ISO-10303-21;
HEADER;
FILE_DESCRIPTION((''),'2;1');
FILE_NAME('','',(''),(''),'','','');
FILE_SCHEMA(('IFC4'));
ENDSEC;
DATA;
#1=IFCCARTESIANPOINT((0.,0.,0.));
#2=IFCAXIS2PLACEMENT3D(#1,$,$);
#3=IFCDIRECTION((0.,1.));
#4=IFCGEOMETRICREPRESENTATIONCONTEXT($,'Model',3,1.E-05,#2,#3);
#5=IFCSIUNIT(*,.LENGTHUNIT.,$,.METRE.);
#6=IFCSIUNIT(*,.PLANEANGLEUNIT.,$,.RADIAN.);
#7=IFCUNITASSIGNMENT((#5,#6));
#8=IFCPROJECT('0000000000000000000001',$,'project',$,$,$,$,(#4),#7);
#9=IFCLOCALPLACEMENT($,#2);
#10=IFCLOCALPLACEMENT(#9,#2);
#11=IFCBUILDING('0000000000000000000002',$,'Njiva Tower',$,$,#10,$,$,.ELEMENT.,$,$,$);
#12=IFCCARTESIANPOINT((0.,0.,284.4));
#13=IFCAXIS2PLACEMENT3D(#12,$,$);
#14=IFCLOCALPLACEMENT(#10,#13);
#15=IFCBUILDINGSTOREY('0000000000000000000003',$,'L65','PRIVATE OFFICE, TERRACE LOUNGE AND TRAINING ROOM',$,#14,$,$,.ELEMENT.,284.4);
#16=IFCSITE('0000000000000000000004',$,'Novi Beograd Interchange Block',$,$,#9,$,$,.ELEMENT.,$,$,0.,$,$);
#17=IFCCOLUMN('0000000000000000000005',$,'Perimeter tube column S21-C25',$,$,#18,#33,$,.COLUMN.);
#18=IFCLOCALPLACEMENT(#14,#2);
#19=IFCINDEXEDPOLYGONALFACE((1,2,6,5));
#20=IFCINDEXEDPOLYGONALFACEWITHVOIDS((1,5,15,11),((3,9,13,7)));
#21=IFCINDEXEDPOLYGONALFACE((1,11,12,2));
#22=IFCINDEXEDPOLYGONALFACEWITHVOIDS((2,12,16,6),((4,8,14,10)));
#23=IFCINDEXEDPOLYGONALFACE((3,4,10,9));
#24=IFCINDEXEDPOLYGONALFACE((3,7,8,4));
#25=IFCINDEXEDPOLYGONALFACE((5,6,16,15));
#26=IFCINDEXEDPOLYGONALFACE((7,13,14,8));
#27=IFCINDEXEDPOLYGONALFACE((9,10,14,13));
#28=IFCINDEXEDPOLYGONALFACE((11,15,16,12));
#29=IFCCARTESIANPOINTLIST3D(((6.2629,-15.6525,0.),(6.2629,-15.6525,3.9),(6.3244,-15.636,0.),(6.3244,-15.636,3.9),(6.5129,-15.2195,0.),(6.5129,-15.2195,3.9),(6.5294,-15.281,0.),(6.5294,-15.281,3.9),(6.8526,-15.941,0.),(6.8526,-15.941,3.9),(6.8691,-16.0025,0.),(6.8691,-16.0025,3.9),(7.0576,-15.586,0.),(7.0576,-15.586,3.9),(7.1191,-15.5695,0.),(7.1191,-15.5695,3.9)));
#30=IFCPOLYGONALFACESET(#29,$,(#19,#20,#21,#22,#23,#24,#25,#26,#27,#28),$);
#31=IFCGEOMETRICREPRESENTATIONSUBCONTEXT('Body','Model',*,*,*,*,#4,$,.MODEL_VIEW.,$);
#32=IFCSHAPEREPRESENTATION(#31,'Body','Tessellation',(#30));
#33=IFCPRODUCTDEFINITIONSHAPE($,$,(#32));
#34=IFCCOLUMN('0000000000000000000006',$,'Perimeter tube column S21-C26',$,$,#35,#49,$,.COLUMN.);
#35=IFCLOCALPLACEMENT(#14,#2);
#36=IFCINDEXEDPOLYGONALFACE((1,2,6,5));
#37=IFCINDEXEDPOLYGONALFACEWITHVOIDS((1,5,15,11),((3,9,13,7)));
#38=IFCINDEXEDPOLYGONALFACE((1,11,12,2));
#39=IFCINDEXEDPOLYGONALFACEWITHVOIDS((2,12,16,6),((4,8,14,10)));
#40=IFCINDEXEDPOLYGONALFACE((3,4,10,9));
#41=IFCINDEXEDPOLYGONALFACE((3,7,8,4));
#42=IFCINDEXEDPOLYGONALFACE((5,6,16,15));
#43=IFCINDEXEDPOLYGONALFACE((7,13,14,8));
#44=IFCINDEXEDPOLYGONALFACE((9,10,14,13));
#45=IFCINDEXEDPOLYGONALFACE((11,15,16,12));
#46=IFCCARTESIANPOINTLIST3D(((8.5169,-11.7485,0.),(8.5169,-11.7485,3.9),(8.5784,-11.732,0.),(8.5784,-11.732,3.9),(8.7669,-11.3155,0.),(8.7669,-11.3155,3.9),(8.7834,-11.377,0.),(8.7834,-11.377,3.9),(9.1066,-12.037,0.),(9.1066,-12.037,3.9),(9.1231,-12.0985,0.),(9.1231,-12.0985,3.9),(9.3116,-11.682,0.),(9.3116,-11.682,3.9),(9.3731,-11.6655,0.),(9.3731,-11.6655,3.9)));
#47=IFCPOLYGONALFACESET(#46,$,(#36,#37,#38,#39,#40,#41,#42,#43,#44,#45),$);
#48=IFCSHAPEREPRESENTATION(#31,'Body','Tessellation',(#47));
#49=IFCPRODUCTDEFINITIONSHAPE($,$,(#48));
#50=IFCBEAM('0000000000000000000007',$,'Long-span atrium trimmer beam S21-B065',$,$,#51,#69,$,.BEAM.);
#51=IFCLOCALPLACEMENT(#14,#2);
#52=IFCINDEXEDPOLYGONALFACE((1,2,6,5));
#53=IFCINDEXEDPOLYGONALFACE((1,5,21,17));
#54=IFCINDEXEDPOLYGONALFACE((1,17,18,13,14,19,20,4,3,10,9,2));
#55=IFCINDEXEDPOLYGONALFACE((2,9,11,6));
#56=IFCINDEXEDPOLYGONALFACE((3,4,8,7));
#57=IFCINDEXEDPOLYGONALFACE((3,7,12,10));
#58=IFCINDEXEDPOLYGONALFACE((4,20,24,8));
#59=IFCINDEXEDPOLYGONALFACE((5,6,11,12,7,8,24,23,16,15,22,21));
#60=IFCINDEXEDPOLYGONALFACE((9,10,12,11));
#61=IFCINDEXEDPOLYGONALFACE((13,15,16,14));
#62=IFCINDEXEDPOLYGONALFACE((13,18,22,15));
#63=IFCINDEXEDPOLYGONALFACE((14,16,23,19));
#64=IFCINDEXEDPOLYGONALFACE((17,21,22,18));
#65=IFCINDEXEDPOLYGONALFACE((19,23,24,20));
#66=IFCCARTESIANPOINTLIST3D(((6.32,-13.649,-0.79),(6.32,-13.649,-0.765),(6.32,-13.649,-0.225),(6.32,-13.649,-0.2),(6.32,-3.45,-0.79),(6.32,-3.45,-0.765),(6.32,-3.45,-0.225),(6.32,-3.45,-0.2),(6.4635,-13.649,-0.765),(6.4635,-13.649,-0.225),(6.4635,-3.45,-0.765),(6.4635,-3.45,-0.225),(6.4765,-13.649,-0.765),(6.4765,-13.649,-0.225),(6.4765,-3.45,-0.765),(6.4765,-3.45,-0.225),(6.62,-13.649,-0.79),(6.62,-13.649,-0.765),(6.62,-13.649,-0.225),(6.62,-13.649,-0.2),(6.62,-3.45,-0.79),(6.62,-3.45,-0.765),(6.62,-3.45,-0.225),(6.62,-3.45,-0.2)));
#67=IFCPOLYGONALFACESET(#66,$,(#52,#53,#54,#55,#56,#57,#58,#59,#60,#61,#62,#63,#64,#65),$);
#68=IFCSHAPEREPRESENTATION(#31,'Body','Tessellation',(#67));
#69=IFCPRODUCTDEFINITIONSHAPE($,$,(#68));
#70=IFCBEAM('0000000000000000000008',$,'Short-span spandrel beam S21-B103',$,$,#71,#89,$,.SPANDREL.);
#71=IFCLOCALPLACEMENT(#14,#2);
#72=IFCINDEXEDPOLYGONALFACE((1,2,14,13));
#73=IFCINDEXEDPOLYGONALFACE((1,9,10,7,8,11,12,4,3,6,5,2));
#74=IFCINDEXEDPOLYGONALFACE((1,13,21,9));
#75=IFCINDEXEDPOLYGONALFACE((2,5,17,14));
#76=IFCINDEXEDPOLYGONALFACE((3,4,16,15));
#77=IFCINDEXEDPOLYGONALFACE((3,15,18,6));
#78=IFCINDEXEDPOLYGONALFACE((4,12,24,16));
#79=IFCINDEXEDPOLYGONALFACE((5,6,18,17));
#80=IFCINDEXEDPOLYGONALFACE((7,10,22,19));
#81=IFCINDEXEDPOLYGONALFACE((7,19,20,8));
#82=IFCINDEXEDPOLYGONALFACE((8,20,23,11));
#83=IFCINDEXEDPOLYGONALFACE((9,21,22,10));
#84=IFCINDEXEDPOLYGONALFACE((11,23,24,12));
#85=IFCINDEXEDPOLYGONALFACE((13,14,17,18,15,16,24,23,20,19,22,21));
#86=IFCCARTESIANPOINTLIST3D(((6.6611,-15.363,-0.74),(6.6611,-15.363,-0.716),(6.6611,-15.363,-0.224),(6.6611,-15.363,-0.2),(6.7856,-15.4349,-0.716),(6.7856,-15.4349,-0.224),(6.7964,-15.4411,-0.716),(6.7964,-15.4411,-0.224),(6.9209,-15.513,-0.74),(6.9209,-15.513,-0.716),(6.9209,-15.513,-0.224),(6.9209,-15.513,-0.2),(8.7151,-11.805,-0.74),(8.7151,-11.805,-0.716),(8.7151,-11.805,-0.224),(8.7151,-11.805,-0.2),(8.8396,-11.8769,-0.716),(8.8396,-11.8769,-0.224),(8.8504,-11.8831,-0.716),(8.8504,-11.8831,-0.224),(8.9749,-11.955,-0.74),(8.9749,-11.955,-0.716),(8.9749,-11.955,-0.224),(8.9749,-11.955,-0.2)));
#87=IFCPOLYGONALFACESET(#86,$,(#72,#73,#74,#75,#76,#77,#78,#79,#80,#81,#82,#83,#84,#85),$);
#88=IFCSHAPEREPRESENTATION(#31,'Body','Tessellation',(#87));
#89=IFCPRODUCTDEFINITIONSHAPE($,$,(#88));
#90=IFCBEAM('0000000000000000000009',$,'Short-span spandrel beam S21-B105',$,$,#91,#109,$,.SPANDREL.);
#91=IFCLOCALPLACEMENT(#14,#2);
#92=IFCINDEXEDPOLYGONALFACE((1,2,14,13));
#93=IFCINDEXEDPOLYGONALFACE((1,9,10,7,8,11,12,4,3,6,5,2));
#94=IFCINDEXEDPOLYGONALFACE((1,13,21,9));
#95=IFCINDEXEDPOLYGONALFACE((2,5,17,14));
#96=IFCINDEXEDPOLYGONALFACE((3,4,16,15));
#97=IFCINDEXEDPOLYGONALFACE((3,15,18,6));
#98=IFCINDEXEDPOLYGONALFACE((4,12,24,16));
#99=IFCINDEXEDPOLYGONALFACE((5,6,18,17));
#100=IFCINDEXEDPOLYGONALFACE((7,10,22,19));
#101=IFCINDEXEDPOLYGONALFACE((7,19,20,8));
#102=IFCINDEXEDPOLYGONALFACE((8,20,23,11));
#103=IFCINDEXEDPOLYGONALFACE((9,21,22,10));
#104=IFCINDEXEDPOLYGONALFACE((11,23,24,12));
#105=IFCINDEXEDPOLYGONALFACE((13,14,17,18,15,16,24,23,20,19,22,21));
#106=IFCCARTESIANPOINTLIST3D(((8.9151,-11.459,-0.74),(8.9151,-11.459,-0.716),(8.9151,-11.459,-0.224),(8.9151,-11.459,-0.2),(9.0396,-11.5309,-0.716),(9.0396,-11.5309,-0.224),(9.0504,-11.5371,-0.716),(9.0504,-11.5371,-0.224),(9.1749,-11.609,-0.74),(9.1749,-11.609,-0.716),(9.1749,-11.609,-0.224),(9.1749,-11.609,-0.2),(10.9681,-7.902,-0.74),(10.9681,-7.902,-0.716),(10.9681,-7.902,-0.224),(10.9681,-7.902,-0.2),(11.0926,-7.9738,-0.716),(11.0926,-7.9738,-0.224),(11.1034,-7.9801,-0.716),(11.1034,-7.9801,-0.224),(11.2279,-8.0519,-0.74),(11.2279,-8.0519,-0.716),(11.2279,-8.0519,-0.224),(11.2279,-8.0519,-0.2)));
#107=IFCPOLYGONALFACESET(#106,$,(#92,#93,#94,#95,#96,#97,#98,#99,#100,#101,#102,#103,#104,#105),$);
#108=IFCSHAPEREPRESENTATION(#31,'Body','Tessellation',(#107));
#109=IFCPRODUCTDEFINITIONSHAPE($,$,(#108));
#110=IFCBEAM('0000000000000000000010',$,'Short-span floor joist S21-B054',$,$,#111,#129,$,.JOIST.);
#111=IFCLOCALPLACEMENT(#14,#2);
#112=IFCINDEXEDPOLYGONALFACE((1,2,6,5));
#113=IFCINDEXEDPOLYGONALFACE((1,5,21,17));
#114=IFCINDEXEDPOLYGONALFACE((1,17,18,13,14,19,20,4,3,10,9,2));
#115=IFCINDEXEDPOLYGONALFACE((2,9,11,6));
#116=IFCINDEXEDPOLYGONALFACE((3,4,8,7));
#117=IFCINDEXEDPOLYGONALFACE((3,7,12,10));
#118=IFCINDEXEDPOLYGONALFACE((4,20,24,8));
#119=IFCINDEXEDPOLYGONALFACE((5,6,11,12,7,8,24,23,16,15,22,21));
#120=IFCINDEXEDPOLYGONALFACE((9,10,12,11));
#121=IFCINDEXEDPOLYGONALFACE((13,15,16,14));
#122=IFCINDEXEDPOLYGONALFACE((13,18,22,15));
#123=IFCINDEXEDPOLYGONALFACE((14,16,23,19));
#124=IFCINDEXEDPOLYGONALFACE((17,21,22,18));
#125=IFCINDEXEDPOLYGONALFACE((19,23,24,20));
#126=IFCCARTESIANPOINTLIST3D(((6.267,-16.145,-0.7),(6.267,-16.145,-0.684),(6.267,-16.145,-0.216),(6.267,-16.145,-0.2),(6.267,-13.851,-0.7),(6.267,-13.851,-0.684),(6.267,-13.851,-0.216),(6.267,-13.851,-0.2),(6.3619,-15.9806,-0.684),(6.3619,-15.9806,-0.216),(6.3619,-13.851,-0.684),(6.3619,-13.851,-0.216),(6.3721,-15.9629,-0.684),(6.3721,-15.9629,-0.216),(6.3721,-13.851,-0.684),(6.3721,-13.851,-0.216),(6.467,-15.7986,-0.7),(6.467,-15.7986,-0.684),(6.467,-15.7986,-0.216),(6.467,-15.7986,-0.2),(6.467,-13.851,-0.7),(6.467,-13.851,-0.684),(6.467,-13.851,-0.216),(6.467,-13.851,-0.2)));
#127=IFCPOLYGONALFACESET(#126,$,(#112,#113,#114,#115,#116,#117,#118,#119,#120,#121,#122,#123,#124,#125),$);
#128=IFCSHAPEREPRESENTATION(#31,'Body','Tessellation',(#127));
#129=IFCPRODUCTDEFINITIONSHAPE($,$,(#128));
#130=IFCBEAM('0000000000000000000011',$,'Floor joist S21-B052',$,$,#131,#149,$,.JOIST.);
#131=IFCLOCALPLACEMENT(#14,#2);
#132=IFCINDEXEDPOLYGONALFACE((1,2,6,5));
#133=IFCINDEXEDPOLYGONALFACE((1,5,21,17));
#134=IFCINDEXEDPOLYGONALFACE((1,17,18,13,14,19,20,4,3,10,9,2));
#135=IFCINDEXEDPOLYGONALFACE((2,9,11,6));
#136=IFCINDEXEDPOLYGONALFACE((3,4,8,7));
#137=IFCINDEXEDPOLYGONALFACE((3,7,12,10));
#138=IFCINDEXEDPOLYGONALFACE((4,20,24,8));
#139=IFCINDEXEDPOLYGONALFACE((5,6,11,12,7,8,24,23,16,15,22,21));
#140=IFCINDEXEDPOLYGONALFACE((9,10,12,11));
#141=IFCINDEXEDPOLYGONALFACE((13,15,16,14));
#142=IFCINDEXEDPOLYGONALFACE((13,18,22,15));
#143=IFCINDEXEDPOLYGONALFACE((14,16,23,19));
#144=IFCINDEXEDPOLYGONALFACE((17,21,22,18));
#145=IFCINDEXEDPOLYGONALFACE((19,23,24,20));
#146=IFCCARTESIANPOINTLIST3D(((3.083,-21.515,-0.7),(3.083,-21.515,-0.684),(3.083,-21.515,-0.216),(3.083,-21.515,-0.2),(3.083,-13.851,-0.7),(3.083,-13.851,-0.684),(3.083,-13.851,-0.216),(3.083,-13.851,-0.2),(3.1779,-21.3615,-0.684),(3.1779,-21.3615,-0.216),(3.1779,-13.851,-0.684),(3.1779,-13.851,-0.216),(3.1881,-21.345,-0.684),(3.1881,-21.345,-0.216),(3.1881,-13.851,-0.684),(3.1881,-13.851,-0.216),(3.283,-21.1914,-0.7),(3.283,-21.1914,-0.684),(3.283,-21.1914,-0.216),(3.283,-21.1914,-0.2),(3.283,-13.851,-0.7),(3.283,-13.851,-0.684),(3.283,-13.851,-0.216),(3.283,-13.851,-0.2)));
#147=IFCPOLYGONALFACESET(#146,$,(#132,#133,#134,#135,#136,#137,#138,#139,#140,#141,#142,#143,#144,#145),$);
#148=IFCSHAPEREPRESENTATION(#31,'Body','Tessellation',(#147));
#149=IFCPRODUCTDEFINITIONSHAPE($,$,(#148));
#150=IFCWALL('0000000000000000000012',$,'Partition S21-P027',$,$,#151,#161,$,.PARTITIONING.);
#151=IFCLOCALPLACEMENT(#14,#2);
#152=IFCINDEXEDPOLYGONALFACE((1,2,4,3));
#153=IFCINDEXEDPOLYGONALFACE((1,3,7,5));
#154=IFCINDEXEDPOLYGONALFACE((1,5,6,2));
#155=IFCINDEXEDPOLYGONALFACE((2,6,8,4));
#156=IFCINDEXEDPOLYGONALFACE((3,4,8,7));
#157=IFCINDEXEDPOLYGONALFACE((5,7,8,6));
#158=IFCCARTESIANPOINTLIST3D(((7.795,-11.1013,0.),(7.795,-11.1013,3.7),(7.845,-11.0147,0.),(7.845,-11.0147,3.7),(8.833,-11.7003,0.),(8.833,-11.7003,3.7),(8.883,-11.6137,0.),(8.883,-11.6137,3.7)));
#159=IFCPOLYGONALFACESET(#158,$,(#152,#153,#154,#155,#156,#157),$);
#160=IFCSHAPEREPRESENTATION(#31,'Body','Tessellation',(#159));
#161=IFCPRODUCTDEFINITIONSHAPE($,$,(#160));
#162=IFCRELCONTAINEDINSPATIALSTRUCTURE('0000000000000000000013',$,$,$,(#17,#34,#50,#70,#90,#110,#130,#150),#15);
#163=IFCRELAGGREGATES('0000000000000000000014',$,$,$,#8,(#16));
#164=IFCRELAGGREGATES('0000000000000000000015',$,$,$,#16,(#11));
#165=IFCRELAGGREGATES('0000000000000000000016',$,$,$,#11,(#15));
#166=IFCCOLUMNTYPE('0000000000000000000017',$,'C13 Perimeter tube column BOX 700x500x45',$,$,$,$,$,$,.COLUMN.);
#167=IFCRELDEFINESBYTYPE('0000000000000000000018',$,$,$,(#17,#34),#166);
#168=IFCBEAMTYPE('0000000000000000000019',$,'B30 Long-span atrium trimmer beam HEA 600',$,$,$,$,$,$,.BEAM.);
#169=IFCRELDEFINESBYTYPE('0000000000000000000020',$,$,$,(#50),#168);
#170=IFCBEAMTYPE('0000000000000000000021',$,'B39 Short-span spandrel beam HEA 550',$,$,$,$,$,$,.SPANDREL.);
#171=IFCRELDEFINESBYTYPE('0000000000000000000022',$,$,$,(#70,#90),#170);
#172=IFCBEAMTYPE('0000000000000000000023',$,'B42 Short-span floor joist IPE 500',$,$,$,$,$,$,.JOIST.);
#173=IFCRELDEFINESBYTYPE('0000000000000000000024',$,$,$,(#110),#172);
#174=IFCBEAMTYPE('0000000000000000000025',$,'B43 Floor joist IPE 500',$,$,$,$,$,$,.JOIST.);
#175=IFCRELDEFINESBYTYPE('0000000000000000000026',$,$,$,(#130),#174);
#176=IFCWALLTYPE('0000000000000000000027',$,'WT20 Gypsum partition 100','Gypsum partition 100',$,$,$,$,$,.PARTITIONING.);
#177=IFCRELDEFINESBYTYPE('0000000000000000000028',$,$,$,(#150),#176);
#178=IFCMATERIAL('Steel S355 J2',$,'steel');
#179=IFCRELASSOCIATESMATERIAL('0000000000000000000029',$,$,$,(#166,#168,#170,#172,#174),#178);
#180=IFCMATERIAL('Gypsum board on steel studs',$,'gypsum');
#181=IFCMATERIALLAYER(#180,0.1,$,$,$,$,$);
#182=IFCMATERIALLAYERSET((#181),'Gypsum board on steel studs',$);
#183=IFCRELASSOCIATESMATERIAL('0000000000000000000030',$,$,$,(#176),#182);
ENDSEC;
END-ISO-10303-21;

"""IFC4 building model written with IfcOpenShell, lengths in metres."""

from ifc_helpers import new_model, si_unit, direction, frame, frame_2d, origin, origin_2d, place, context, subcontext, project, spatial, rectangle, hollow_rectangle, i_section, extrude, clip, halfspace, material, layer, layer_set, material_profile, profile_set, type_object, element, save


model = new_model("IFC4")

# Units and contexts
model_context = context("Model", 3, precision=1e-05, world=origin(), true_north=direction((0.0, 1.0)))
body_context = subcontext(model_context, "Body", "Model", "MODEL_VIEW")
ifc_project = project(units=[si_unit("LENGTHUNIT", "METRE"), si_unit("PLANEANGLEUNIT", "RADIAN")], contexts=[model_context])

# Site, building, storey
site_placement = place(None, origin())
site = spatial("IfcSite", under=ifc_project, at=site_placement, Name="Novi Beograd Interchange Block", CompositionType="ELEMENT", RefElevation=0.0)
building_placement = place(site_placement, origin())
building = spatial("IfcBuilding", under=site, at=building_placement, Name="Njiva Tower", CompositionType="ELEMENT")
storey_placement = place(building_placement, frame((0.0, 0.0, 284.4)))
storey = spatial("IfcBuildingStorey", under=building, at=storey_placement, Name="L65", Description="PRIVATE OFFICE, TERRACE LOUNGE AND TRAINING ROOM", CompositionType="ELEMENT", Elevation=284.4)

# Columns
ifc_material_1 = material(Name="Steel S355 J2", Category="steel")
ifc_material_profile_1 = material_profile(ifc_material_1, hollow_rectangle(XDim=0.5, YDim=0.7, WallThickness=0.045, at=origin_2d()), Name="BOX 700x500x45")
ifc_profile_set_1 = profile_set([ifc_material_profile_1], Name="Steel S355 J2")
column_type = type_object("IfcColumnType", Name="C13 Perimeter tube column BOX 700x500x45", PredefinedType="COLUMN", material=ifc_profile_set_1)
for number, where, z_axis, x_axis, name in (
    (1, (6.691, -15.611, 0.0), (0.0, 0.0, 1.0), (0.5, 0.866025, 0.0), "Perimeter tube column S21-C25"),
    (2, (8.945, -11.707, 0.0), (0.0, 0.0, 1.0), (0.5, 0.866025, 0.0), "Perimeter tube column S21-C26"),
):
    element("IfcColumn", number, at=place(storey_placement, frame(where, z_axis=z_axis, x_axis=x_axis)), inside=storey, type_object=column_type, Name=name, PredefinedType="COLUMN", context=body_context, shape_type="SweptSolid", body=[
        extrude(hollow_rectangle(XDim=0.5, YDim=0.7, WallThickness=0.045, at=origin_2d()), origin(), (0.0, 0.0, 1.0), 3.9),
    ])

# Beams
ifc_material_profile_2 = material_profile(ifc_material_1, i_section(OverallWidth=0.3, OverallDepth=0.59, WebThickness=0.013, FlangeThickness=0.025, at=origin_2d()), Name="HEA 600")
ifc_profile_set_2 = profile_set([ifc_material_profile_2], Name="Steel S355 J2")
beam_type_1 = type_object("IfcBeamType", Name="B30 Long-span atrium trimmer beam HEA 600", PredefinedType="BEAM", material=ifc_profile_set_2)
beam_1_placement = place(storey_placement, frame((6.47, -13.649, -0.495), z_axis=(0.0, 1.0, 0.0), x_axis=(-1.0, 0.0, 0.0)))
element("IfcBeam", 3, at=beam_1_placement, inside=storey, type_object=beam_type_1, Name="Long-span atrium trimmer beam S21-B065", PredefinedType="BEAM", context=body_context, shape_type="SweptSolid", body=[
    extrude(i_section(OverallWidth=0.3, OverallDepth=0.59, WebThickness=0.013, FlangeThickness=0.025, at=origin_2d()), origin(), (0.0, 0.0, 1.0), 10.199),
])
ifc_material_profile_3 = material_profile(ifc_material_1, i_section(OverallWidth=0.3, OverallDepth=0.54, WebThickness=0.0125, FlangeThickness=0.024, at=origin_2d()), Name="HEA 550")
ifc_profile_set_3 = profile_set([ifc_material_profile_3], Name="Steel S355 J2")
beam_type_2 = type_object("IfcBeamType", Name="B39 Short-span spandrel beam HEA 550", PredefinedType="SPANDREL", material=ifc_profile_set_3)
beam_2_placement = place(storey_placement, frame((6.791, -15.438, -0.47), z_axis=(0.499961, 0.866048, 0.0), x_axis=(-0.866048, 0.499961, 0.0)))
element("IfcBeam", 4, at=beam_2_placement, inside=storey, type_object=beam_type_2, Name="Short-span spandrel beam S21-B103", PredefinedType="SPANDREL", context=body_context, shape_type="SweptSolid", body=[
    extrude(i_section(OverallWidth=0.3, OverallDepth=0.54, WebThickness=0.0125, FlangeThickness=0.024, at=origin_2d()), origin(), (0.0, 0.0, 1.0), 4.1083),
])
beam_3_placement = place(storey_placement, frame((9.045, -11.534, -0.47), z_axis=(0.499884, 0.866092, 0.0), x_axis=(-0.866092, 0.499884, 0.0)))
element("IfcBeam", 5, at=beam_3_placement, inside=storey, type_object=beam_type_2, Name="Short-span spandrel beam S21-B105", PredefinedType="SPANDREL", context=body_context, shape_type="SweptSolid", body=[
    extrude(i_section(OverallWidth=0.3, OverallDepth=0.54, WebThickness=0.0125, FlangeThickness=0.024, at=origin_2d()), origin(), (0.0, 0.0, 1.0), 4.107),
])
ifc_material_profile_4 = material_profile(ifc_material_1, i_section(OverallWidth=0.2, OverallDepth=0.5, WebThickness=0.0102, FlangeThickness=0.016, at=origin_2d()), Name="IPE 500")
ifc_profile_set_4 = profile_set([ifc_material_profile_4], Name="Steel S355 J2")
beam_type_3 = type_object("IfcBeamType", Name="B42 Short-span floor joist IPE 500", PredefinedType="JOIST", material=ifc_profile_set_4)
beam_4_placement = place(storey_placement, frame((6.367, -13.851, -0.45), z_axis=(0.0, -1.0, 0.0), x_axis=(1.0, 0.0, 0.0)))
element("IfcBeam", 6, at=beam_4_placement, inside=storey, type_object=beam_type_3, Name="Short-span floor joist S21-B054", PredefinedType="JOIST", context=body_context, shape_type="Clipping", body=[
    clip(extrude(i_section(OverallWidth=0.2, OverallDepth=0.5, WebThickness=0.0102, FlangeThickness=0.016, at=origin_2d()), origin(), (0.0, 0.0, 1.0), 2.314), halfspace(frame((0.043, 0.0, 2.0463), z_axis=(0.866027, 0.0, 0.499998), x_axis=(0.0, 1.0, 0.0)), False)),
])
ifc_material_profile_5 = material_profile(ifc_material_1, i_section(OverallWidth=0.2, OverallDepth=0.5, WebThickness=0.0102, FlangeThickness=0.016, at=origin_2d()), Name="IPE 500")
ifc_profile_set_5 = profile_set([ifc_material_profile_5], Name="Steel S355 J2")
beam_type_4 = type_object("IfcBeamType", Name="B43 Floor joist IPE 500", PredefinedType="JOIST", material=ifc_profile_set_5)
beam_5_placement = place(storey_placement, frame((3.183, -13.851, -0.45), z_axis=(0.0, -1.0, 0.0), x_axis=(1.0, 0.0, 0.0)))
element("IfcBeam", 7, at=beam_5_placement, inside=storey, type_object=beam_type_4, Name="Floor joist S21-B052", PredefinedType="JOIST", context=body_context, shape_type="Clipping", body=[
    clip(extrude(i_section(OverallWidth=0.2, OverallDepth=0.5, WebThickness=0.0102, FlangeThickness=0.016, at=origin_2d()), origin(), (0.0, 0.0, 1.0), 7.684), halfspace(frame((0.0429, 0.0, 7.4328), z_axis=(0.85062, 0.0, 0.52578), x_axis=(0.0, 1.0, 0.0)), False)),
])

# Wall
ifc_material_2 = material(Name="Gypsum board on steel studs", Category="gypsum")
ifc_layer_1 = layer(ifc_material_2, 0.1)
ifc_layer_set_1 = layer_set([ifc_layer_1], Name="Gypsum board on steel studs")
wall_type_1 = type_object("IfcWallType", Name="WT20 Gypsum partition 100", Description="Gypsum partition 100", PredefinedType="PARTITIONING", material=ifc_layer_set_1)
wall_1_placement = place(storey_placement, frame((7.82, -11.058, 0.0), z_axis=(0.0, 0.0, 1.0), x_axis=(0.86613, -0.499819, 0.0)))
element("IfcWall", 8, at=wall_1_placement, inside=storey, type_object=wall_type_1, Name="Partition S21-P027", PredefinedType="PARTITIONING", context=body_context, shape_type="SweptSolid", body=[
    extrude(rectangle(XDim=1.1984, YDim=0.1, at=frame_2d((0.5992, 0.0))), origin(), (0.0, 0.0, 1.0), 3.7),
])

save(model, "model.ifc")
